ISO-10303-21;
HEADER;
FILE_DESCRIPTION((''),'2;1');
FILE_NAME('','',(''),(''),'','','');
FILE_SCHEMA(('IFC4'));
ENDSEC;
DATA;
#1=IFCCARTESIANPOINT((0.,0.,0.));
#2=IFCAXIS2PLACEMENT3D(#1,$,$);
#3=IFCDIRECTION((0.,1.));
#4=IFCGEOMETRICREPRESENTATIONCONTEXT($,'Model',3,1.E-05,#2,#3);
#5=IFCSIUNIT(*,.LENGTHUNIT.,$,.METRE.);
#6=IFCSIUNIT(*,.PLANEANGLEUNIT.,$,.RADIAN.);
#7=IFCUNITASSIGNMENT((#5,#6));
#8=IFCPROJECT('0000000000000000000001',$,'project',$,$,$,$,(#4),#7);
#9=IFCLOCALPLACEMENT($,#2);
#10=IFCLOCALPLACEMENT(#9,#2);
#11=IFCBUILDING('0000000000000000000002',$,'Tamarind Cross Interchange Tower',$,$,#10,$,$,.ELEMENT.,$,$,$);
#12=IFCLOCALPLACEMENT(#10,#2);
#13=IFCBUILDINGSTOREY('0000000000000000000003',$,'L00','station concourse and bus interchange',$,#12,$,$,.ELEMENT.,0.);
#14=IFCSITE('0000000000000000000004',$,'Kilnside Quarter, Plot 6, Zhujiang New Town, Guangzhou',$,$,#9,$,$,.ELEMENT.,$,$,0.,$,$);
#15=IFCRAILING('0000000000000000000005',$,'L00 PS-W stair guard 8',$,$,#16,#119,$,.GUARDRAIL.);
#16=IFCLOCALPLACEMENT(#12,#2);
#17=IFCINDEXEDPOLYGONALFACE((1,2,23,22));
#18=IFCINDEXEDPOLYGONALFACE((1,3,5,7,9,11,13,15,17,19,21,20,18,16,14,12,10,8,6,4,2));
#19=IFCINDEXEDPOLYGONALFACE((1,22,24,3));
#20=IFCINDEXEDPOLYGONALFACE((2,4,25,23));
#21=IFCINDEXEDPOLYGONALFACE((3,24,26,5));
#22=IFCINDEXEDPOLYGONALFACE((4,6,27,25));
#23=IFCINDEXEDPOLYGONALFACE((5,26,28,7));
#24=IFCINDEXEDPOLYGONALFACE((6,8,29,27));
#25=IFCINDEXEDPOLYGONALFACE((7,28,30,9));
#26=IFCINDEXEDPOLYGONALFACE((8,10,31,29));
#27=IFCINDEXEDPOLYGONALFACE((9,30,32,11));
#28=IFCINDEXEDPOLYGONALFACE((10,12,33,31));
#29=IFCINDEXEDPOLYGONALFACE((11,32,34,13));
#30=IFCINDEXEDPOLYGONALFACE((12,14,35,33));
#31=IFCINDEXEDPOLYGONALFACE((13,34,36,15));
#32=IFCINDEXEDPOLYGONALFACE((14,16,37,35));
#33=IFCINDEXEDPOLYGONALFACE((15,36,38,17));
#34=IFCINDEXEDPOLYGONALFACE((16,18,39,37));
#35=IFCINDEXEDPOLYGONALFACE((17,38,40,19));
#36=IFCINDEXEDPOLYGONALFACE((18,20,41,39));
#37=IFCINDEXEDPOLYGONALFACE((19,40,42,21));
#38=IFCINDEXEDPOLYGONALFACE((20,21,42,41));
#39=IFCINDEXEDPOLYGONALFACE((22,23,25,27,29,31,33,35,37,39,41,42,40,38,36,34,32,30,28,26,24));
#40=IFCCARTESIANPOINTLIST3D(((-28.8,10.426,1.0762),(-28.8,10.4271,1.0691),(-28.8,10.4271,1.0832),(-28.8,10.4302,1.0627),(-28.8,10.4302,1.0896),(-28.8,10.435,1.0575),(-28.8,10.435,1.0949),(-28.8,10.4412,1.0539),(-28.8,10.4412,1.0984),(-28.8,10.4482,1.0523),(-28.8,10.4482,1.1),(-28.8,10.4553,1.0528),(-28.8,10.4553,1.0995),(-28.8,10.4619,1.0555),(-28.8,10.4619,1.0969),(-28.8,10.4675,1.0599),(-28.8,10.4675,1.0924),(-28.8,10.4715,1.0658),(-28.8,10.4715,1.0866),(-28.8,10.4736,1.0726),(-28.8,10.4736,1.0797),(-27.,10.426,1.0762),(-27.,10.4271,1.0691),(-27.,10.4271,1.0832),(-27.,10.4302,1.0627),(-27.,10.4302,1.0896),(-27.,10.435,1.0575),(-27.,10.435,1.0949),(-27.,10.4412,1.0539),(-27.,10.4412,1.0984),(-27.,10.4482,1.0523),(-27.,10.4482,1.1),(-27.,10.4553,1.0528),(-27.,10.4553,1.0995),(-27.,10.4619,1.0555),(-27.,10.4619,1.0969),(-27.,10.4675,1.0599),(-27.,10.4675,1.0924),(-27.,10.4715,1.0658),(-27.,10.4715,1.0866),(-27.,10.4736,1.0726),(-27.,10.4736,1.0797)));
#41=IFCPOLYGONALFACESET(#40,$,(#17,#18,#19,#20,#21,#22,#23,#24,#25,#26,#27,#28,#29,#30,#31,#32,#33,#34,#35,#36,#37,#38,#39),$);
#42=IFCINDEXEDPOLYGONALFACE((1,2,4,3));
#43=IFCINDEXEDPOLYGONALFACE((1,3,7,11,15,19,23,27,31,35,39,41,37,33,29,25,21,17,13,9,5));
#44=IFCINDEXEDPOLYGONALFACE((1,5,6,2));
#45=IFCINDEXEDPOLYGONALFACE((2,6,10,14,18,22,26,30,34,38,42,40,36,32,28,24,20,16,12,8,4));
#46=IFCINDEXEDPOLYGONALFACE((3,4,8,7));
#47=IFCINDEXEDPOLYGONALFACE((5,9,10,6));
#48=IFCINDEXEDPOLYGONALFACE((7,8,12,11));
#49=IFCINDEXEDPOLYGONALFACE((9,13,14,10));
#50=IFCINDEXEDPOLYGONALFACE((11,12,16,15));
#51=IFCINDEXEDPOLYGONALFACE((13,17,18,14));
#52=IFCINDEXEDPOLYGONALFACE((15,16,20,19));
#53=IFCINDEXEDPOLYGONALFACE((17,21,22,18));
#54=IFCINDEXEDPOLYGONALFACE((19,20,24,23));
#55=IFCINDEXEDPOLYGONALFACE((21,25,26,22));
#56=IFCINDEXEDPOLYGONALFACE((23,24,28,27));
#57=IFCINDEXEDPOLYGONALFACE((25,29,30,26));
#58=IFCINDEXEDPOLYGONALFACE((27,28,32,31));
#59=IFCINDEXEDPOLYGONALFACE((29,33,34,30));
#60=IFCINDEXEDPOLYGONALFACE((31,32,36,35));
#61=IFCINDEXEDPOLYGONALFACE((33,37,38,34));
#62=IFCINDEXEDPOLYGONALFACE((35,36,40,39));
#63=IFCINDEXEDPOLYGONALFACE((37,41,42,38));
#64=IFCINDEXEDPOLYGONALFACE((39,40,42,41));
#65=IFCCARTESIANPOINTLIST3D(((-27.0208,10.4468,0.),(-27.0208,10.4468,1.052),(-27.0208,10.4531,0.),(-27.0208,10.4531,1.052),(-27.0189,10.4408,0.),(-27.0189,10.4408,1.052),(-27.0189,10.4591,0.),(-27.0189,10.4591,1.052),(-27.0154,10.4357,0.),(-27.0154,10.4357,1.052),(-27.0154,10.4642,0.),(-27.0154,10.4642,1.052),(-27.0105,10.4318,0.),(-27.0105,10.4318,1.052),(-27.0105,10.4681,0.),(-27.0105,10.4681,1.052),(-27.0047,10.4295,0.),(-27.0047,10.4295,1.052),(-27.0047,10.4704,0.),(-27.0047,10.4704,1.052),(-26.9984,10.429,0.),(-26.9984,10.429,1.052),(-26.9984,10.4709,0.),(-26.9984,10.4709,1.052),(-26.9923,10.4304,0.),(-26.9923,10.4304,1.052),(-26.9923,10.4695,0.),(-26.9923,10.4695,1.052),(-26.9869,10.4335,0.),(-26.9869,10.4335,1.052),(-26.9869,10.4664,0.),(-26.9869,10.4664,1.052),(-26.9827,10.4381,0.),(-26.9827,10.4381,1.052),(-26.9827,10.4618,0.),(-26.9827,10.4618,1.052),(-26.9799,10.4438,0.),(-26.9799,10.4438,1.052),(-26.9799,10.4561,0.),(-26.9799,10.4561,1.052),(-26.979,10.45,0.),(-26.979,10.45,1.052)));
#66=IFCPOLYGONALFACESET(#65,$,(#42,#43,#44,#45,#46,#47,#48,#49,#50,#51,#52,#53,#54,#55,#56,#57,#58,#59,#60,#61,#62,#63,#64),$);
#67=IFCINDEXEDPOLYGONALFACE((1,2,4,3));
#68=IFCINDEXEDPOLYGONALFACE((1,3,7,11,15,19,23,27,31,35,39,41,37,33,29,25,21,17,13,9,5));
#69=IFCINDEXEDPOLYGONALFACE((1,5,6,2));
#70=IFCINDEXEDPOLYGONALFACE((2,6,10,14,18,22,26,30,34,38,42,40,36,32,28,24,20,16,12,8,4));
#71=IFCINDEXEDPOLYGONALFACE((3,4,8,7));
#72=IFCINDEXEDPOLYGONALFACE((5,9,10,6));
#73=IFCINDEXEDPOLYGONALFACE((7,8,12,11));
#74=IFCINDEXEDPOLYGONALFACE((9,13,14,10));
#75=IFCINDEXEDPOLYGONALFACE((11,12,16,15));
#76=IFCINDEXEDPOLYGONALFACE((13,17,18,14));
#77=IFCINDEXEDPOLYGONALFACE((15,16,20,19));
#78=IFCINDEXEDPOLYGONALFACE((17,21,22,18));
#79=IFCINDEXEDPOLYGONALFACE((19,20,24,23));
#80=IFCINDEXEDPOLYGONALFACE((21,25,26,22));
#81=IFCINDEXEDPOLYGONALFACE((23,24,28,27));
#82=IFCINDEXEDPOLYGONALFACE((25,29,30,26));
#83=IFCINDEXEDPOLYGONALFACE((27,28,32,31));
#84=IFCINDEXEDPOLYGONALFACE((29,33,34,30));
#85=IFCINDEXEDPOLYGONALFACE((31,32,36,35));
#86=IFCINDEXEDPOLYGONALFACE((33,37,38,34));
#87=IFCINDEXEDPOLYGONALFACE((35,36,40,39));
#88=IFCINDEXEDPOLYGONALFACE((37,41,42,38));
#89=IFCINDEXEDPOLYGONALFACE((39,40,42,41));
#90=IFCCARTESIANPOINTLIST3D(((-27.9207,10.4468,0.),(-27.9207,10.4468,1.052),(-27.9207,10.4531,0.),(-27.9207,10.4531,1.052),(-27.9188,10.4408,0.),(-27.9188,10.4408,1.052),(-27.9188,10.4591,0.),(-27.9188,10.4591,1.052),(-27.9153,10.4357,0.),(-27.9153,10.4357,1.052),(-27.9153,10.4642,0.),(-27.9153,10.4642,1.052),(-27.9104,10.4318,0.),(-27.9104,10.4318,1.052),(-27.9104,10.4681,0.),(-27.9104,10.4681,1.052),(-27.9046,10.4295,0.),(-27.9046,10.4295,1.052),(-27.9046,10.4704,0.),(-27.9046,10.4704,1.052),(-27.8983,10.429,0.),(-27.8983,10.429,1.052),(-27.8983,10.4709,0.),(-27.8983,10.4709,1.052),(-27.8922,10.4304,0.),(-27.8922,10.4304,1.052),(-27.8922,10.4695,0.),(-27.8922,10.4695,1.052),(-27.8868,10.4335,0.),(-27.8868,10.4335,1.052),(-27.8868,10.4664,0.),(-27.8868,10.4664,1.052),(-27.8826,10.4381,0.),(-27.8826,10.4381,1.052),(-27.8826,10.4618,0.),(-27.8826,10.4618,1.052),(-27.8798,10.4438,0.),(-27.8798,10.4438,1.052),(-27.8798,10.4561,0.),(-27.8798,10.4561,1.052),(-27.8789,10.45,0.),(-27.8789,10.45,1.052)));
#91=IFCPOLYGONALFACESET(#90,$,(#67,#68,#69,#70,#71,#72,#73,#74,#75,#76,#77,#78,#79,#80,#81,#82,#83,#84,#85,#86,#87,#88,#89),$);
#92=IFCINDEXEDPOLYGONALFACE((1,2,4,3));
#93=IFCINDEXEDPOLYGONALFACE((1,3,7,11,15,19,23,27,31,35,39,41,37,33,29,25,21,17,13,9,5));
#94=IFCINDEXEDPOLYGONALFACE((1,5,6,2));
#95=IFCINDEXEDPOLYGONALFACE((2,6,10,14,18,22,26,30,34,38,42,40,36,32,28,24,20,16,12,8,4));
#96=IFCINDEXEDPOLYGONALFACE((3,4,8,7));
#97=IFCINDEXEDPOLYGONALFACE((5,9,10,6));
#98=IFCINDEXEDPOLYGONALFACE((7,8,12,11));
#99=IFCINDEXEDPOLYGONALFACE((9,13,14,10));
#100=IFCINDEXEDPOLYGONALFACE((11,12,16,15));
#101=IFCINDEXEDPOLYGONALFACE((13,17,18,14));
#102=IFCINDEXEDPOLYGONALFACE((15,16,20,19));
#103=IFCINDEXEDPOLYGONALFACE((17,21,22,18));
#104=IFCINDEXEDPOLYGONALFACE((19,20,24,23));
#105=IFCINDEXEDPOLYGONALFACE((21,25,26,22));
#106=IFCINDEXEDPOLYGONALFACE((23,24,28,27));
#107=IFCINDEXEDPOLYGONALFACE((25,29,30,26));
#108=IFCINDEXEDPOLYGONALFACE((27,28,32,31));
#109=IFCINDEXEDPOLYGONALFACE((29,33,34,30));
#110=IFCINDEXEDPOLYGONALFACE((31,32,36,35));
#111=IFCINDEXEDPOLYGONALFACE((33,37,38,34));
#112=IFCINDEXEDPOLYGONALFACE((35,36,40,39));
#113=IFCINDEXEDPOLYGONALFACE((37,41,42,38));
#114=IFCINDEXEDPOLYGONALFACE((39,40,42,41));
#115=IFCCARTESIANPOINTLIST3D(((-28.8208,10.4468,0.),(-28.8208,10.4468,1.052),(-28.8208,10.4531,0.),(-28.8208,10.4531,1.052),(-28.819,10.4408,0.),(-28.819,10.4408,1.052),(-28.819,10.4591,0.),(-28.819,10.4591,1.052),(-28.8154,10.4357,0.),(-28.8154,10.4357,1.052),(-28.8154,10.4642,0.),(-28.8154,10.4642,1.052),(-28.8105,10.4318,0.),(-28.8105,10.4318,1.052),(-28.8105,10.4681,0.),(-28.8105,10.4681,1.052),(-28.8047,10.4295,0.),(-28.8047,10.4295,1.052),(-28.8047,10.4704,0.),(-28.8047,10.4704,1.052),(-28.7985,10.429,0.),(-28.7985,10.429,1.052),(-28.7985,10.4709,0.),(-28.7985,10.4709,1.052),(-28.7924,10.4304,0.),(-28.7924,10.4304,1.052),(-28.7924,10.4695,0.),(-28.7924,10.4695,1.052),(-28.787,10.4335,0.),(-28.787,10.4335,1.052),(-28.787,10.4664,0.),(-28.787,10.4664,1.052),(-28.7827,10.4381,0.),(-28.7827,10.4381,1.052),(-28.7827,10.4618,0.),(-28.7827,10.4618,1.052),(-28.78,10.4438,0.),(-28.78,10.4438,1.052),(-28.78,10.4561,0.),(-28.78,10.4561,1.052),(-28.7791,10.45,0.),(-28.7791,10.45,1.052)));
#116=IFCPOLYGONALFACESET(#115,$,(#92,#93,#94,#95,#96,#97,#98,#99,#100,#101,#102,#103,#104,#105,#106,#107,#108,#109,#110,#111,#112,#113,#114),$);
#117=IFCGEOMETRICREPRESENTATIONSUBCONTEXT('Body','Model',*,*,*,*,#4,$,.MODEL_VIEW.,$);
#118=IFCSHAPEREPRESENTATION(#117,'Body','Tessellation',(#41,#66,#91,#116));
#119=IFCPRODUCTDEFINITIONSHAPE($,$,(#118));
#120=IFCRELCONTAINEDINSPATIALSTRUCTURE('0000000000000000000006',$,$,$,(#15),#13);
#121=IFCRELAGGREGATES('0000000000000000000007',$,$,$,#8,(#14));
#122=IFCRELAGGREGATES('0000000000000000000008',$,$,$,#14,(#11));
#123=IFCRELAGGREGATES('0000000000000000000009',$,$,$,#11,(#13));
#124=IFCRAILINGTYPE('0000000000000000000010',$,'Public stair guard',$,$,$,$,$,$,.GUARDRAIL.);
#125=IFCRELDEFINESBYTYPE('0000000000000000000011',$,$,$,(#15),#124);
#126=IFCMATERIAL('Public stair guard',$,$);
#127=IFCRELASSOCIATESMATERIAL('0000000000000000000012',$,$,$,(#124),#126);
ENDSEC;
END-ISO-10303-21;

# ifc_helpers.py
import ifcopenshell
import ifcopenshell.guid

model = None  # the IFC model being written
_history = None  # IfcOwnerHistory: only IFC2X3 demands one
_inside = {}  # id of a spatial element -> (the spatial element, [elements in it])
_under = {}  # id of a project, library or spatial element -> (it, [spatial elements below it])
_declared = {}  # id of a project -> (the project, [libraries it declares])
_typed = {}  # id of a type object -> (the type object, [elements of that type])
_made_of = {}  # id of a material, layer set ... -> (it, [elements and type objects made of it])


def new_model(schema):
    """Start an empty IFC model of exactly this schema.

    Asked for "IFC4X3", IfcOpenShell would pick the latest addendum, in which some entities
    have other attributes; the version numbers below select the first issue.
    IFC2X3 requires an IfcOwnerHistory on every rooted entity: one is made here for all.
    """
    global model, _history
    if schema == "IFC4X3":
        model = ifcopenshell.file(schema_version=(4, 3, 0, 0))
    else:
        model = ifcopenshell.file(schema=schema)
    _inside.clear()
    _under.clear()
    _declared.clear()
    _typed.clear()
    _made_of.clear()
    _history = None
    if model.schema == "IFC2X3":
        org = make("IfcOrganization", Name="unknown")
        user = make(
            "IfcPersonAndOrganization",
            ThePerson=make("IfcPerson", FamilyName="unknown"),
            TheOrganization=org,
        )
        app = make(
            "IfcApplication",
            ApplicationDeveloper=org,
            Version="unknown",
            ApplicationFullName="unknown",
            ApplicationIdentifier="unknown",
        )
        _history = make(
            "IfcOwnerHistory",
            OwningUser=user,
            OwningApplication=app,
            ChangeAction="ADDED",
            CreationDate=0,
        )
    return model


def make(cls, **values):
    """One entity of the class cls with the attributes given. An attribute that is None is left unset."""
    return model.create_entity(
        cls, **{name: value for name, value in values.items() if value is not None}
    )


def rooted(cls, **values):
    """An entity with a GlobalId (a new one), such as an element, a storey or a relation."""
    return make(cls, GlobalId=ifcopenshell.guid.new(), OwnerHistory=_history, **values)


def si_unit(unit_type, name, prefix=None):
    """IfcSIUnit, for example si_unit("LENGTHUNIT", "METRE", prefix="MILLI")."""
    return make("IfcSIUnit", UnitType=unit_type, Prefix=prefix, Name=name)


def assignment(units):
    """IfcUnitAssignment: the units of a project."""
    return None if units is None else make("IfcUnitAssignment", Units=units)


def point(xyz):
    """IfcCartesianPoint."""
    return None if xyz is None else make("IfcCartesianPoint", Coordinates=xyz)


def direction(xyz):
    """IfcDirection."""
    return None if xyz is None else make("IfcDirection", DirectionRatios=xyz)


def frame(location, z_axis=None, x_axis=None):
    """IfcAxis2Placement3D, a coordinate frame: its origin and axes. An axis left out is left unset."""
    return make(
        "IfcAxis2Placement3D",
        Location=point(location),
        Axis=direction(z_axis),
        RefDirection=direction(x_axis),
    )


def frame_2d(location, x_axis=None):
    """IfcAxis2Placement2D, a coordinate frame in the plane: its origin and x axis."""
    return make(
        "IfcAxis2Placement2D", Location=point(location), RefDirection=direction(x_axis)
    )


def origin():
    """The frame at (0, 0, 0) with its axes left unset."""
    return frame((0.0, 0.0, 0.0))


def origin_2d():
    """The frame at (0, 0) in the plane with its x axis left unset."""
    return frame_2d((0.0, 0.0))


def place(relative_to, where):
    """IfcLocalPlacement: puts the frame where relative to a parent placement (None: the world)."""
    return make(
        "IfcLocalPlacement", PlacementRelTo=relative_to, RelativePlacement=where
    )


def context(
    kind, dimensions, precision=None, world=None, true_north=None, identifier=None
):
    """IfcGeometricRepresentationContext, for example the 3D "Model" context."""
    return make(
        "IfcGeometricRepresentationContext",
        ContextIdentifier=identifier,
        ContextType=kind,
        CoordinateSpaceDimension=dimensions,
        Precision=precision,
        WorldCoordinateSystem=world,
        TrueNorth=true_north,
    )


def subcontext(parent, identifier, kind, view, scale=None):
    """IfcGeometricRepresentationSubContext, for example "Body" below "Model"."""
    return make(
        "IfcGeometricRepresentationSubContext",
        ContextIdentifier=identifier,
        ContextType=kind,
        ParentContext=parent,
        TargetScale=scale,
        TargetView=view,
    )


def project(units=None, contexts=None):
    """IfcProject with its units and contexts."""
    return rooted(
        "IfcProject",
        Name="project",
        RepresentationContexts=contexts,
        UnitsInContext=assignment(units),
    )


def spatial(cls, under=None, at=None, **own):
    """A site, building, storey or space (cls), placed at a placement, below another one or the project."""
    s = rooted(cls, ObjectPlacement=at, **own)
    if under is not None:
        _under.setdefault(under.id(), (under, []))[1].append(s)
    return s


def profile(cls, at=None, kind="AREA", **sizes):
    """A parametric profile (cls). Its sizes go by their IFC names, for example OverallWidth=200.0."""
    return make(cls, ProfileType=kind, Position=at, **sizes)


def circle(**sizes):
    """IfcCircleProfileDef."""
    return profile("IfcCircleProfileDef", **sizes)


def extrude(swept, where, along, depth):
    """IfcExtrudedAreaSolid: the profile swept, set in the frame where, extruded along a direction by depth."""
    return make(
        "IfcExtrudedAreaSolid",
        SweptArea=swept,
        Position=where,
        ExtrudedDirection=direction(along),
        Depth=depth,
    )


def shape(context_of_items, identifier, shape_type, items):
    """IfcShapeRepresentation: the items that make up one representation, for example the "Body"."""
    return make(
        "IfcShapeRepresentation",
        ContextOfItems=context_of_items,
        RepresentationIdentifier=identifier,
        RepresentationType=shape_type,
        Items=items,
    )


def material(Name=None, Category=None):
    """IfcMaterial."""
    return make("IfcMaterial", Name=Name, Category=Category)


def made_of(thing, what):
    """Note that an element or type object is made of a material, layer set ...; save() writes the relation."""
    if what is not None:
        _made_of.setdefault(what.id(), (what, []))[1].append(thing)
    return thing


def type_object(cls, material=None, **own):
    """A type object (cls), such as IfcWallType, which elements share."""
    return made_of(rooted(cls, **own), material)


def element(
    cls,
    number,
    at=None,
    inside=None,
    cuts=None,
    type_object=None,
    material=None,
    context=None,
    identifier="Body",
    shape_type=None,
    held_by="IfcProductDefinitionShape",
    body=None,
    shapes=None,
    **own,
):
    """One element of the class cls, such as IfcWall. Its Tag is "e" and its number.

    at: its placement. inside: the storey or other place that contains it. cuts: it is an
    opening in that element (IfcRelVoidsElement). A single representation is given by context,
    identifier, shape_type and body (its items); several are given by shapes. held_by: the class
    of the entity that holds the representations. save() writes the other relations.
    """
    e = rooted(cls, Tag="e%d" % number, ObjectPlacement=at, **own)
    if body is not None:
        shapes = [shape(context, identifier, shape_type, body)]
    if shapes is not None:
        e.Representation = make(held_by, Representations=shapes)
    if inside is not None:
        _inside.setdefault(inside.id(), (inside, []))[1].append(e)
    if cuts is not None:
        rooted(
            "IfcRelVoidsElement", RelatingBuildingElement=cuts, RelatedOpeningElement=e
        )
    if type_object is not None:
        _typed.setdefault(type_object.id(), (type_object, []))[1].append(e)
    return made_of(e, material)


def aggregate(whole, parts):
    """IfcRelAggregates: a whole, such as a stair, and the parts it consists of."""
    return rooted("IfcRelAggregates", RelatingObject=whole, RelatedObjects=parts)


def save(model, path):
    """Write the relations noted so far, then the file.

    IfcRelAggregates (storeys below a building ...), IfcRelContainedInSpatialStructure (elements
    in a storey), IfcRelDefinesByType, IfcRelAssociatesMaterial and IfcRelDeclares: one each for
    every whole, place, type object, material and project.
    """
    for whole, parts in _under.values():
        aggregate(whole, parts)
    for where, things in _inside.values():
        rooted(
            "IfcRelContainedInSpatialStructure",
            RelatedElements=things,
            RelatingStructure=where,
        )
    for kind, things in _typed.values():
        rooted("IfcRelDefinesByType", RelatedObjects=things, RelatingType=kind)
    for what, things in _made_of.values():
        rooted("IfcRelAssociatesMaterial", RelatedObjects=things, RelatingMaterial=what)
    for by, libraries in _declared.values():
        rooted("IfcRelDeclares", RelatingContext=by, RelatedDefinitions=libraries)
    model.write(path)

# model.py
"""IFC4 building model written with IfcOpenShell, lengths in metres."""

from ifc_helpers import new_model, si_unit, direction, frame, origin, origin_2d, place, context, subcontext, project, spatial, circle, extrude, material, type_object, element, save


model = new_model("IFC4")

# Units and contexts
model_context = context("Model", 3, precision=1e-05, world=origin(), true_north=direction((0.0, 1.0)))
body_context = subcontext(model_context, "Body", "Model", "MODEL_VIEW")
ifc_project = project(units=[si_unit("LENGTHUNIT", "METRE"), si_unit("PLANEANGLEUNIT", "RADIAN")], contexts=[model_context])

# Site, building, storey
site_placement = place(None, origin())
site = spatial("IfcSite", under=ifc_project, at=site_placement, Name="Kilnside Quarter, Plot 6, Zhujiang New Town, Guangzhou", CompositionType="ELEMENT", RefElevation=0.0)
building_placement = place(site_placement, origin())
building = spatial("IfcBuilding", under=site, at=building_placement, Name="Tamarind Cross Interchange Tower", CompositionType="ELEMENT")
storey_placement = place(building_placement, origin())
storey = spatial("IfcBuildingStorey", under=building, at=storey_placement, Name="L00", Description="station concourse and bus interchange", CompositionType="ELEMENT", Elevation=0.0)

# Railing
ifc_material_1 = material(Name="Public stair guard")
railing_type_1 = type_object("IfcRailingType", Name="Public stair guard", PredefinedType="GUARDRAIL", material=ifc_material_1)
railing_1_placement = place(storey_placement, frame((-27.0, 10.45, 0.0)))
element("IfcRailing", 1, at=railing_1_placement, inside=storey, type_object=railing_type_1, Name="L00 PS-W stair guard 8", PredefinedType="GUARDRAIL", context=body_context, shape_type="SweptSolid", body=[
    extrude(circle(Radius=0.0239, at=origin_2d()), frame((0.0, 0.0, 1.0762), z_axis=(-1.0, 0.0, 0.0), x_axis=(0.0, -1.0, 0.0)), (0.0, 0.0, 1.0), 1.8),
    extrude(circle(Radius=0.021, at=origin_2d()), origin(), (0.0, 0.0, 1.0), 1.052),
    extrude(circle(Radius=0.021, at=origin_2d()), frame((-0.8999, 0.0, 0.0)), (0.0, 0.0, 1.0), 1.052),
    extrude(circle(Radius=0.021, at=origin_2d()), frame((-1.8, 0.0, 0.0)), (0.0, 0.0, 1.0), 1.052),
])

save(model, "model.ifc")
